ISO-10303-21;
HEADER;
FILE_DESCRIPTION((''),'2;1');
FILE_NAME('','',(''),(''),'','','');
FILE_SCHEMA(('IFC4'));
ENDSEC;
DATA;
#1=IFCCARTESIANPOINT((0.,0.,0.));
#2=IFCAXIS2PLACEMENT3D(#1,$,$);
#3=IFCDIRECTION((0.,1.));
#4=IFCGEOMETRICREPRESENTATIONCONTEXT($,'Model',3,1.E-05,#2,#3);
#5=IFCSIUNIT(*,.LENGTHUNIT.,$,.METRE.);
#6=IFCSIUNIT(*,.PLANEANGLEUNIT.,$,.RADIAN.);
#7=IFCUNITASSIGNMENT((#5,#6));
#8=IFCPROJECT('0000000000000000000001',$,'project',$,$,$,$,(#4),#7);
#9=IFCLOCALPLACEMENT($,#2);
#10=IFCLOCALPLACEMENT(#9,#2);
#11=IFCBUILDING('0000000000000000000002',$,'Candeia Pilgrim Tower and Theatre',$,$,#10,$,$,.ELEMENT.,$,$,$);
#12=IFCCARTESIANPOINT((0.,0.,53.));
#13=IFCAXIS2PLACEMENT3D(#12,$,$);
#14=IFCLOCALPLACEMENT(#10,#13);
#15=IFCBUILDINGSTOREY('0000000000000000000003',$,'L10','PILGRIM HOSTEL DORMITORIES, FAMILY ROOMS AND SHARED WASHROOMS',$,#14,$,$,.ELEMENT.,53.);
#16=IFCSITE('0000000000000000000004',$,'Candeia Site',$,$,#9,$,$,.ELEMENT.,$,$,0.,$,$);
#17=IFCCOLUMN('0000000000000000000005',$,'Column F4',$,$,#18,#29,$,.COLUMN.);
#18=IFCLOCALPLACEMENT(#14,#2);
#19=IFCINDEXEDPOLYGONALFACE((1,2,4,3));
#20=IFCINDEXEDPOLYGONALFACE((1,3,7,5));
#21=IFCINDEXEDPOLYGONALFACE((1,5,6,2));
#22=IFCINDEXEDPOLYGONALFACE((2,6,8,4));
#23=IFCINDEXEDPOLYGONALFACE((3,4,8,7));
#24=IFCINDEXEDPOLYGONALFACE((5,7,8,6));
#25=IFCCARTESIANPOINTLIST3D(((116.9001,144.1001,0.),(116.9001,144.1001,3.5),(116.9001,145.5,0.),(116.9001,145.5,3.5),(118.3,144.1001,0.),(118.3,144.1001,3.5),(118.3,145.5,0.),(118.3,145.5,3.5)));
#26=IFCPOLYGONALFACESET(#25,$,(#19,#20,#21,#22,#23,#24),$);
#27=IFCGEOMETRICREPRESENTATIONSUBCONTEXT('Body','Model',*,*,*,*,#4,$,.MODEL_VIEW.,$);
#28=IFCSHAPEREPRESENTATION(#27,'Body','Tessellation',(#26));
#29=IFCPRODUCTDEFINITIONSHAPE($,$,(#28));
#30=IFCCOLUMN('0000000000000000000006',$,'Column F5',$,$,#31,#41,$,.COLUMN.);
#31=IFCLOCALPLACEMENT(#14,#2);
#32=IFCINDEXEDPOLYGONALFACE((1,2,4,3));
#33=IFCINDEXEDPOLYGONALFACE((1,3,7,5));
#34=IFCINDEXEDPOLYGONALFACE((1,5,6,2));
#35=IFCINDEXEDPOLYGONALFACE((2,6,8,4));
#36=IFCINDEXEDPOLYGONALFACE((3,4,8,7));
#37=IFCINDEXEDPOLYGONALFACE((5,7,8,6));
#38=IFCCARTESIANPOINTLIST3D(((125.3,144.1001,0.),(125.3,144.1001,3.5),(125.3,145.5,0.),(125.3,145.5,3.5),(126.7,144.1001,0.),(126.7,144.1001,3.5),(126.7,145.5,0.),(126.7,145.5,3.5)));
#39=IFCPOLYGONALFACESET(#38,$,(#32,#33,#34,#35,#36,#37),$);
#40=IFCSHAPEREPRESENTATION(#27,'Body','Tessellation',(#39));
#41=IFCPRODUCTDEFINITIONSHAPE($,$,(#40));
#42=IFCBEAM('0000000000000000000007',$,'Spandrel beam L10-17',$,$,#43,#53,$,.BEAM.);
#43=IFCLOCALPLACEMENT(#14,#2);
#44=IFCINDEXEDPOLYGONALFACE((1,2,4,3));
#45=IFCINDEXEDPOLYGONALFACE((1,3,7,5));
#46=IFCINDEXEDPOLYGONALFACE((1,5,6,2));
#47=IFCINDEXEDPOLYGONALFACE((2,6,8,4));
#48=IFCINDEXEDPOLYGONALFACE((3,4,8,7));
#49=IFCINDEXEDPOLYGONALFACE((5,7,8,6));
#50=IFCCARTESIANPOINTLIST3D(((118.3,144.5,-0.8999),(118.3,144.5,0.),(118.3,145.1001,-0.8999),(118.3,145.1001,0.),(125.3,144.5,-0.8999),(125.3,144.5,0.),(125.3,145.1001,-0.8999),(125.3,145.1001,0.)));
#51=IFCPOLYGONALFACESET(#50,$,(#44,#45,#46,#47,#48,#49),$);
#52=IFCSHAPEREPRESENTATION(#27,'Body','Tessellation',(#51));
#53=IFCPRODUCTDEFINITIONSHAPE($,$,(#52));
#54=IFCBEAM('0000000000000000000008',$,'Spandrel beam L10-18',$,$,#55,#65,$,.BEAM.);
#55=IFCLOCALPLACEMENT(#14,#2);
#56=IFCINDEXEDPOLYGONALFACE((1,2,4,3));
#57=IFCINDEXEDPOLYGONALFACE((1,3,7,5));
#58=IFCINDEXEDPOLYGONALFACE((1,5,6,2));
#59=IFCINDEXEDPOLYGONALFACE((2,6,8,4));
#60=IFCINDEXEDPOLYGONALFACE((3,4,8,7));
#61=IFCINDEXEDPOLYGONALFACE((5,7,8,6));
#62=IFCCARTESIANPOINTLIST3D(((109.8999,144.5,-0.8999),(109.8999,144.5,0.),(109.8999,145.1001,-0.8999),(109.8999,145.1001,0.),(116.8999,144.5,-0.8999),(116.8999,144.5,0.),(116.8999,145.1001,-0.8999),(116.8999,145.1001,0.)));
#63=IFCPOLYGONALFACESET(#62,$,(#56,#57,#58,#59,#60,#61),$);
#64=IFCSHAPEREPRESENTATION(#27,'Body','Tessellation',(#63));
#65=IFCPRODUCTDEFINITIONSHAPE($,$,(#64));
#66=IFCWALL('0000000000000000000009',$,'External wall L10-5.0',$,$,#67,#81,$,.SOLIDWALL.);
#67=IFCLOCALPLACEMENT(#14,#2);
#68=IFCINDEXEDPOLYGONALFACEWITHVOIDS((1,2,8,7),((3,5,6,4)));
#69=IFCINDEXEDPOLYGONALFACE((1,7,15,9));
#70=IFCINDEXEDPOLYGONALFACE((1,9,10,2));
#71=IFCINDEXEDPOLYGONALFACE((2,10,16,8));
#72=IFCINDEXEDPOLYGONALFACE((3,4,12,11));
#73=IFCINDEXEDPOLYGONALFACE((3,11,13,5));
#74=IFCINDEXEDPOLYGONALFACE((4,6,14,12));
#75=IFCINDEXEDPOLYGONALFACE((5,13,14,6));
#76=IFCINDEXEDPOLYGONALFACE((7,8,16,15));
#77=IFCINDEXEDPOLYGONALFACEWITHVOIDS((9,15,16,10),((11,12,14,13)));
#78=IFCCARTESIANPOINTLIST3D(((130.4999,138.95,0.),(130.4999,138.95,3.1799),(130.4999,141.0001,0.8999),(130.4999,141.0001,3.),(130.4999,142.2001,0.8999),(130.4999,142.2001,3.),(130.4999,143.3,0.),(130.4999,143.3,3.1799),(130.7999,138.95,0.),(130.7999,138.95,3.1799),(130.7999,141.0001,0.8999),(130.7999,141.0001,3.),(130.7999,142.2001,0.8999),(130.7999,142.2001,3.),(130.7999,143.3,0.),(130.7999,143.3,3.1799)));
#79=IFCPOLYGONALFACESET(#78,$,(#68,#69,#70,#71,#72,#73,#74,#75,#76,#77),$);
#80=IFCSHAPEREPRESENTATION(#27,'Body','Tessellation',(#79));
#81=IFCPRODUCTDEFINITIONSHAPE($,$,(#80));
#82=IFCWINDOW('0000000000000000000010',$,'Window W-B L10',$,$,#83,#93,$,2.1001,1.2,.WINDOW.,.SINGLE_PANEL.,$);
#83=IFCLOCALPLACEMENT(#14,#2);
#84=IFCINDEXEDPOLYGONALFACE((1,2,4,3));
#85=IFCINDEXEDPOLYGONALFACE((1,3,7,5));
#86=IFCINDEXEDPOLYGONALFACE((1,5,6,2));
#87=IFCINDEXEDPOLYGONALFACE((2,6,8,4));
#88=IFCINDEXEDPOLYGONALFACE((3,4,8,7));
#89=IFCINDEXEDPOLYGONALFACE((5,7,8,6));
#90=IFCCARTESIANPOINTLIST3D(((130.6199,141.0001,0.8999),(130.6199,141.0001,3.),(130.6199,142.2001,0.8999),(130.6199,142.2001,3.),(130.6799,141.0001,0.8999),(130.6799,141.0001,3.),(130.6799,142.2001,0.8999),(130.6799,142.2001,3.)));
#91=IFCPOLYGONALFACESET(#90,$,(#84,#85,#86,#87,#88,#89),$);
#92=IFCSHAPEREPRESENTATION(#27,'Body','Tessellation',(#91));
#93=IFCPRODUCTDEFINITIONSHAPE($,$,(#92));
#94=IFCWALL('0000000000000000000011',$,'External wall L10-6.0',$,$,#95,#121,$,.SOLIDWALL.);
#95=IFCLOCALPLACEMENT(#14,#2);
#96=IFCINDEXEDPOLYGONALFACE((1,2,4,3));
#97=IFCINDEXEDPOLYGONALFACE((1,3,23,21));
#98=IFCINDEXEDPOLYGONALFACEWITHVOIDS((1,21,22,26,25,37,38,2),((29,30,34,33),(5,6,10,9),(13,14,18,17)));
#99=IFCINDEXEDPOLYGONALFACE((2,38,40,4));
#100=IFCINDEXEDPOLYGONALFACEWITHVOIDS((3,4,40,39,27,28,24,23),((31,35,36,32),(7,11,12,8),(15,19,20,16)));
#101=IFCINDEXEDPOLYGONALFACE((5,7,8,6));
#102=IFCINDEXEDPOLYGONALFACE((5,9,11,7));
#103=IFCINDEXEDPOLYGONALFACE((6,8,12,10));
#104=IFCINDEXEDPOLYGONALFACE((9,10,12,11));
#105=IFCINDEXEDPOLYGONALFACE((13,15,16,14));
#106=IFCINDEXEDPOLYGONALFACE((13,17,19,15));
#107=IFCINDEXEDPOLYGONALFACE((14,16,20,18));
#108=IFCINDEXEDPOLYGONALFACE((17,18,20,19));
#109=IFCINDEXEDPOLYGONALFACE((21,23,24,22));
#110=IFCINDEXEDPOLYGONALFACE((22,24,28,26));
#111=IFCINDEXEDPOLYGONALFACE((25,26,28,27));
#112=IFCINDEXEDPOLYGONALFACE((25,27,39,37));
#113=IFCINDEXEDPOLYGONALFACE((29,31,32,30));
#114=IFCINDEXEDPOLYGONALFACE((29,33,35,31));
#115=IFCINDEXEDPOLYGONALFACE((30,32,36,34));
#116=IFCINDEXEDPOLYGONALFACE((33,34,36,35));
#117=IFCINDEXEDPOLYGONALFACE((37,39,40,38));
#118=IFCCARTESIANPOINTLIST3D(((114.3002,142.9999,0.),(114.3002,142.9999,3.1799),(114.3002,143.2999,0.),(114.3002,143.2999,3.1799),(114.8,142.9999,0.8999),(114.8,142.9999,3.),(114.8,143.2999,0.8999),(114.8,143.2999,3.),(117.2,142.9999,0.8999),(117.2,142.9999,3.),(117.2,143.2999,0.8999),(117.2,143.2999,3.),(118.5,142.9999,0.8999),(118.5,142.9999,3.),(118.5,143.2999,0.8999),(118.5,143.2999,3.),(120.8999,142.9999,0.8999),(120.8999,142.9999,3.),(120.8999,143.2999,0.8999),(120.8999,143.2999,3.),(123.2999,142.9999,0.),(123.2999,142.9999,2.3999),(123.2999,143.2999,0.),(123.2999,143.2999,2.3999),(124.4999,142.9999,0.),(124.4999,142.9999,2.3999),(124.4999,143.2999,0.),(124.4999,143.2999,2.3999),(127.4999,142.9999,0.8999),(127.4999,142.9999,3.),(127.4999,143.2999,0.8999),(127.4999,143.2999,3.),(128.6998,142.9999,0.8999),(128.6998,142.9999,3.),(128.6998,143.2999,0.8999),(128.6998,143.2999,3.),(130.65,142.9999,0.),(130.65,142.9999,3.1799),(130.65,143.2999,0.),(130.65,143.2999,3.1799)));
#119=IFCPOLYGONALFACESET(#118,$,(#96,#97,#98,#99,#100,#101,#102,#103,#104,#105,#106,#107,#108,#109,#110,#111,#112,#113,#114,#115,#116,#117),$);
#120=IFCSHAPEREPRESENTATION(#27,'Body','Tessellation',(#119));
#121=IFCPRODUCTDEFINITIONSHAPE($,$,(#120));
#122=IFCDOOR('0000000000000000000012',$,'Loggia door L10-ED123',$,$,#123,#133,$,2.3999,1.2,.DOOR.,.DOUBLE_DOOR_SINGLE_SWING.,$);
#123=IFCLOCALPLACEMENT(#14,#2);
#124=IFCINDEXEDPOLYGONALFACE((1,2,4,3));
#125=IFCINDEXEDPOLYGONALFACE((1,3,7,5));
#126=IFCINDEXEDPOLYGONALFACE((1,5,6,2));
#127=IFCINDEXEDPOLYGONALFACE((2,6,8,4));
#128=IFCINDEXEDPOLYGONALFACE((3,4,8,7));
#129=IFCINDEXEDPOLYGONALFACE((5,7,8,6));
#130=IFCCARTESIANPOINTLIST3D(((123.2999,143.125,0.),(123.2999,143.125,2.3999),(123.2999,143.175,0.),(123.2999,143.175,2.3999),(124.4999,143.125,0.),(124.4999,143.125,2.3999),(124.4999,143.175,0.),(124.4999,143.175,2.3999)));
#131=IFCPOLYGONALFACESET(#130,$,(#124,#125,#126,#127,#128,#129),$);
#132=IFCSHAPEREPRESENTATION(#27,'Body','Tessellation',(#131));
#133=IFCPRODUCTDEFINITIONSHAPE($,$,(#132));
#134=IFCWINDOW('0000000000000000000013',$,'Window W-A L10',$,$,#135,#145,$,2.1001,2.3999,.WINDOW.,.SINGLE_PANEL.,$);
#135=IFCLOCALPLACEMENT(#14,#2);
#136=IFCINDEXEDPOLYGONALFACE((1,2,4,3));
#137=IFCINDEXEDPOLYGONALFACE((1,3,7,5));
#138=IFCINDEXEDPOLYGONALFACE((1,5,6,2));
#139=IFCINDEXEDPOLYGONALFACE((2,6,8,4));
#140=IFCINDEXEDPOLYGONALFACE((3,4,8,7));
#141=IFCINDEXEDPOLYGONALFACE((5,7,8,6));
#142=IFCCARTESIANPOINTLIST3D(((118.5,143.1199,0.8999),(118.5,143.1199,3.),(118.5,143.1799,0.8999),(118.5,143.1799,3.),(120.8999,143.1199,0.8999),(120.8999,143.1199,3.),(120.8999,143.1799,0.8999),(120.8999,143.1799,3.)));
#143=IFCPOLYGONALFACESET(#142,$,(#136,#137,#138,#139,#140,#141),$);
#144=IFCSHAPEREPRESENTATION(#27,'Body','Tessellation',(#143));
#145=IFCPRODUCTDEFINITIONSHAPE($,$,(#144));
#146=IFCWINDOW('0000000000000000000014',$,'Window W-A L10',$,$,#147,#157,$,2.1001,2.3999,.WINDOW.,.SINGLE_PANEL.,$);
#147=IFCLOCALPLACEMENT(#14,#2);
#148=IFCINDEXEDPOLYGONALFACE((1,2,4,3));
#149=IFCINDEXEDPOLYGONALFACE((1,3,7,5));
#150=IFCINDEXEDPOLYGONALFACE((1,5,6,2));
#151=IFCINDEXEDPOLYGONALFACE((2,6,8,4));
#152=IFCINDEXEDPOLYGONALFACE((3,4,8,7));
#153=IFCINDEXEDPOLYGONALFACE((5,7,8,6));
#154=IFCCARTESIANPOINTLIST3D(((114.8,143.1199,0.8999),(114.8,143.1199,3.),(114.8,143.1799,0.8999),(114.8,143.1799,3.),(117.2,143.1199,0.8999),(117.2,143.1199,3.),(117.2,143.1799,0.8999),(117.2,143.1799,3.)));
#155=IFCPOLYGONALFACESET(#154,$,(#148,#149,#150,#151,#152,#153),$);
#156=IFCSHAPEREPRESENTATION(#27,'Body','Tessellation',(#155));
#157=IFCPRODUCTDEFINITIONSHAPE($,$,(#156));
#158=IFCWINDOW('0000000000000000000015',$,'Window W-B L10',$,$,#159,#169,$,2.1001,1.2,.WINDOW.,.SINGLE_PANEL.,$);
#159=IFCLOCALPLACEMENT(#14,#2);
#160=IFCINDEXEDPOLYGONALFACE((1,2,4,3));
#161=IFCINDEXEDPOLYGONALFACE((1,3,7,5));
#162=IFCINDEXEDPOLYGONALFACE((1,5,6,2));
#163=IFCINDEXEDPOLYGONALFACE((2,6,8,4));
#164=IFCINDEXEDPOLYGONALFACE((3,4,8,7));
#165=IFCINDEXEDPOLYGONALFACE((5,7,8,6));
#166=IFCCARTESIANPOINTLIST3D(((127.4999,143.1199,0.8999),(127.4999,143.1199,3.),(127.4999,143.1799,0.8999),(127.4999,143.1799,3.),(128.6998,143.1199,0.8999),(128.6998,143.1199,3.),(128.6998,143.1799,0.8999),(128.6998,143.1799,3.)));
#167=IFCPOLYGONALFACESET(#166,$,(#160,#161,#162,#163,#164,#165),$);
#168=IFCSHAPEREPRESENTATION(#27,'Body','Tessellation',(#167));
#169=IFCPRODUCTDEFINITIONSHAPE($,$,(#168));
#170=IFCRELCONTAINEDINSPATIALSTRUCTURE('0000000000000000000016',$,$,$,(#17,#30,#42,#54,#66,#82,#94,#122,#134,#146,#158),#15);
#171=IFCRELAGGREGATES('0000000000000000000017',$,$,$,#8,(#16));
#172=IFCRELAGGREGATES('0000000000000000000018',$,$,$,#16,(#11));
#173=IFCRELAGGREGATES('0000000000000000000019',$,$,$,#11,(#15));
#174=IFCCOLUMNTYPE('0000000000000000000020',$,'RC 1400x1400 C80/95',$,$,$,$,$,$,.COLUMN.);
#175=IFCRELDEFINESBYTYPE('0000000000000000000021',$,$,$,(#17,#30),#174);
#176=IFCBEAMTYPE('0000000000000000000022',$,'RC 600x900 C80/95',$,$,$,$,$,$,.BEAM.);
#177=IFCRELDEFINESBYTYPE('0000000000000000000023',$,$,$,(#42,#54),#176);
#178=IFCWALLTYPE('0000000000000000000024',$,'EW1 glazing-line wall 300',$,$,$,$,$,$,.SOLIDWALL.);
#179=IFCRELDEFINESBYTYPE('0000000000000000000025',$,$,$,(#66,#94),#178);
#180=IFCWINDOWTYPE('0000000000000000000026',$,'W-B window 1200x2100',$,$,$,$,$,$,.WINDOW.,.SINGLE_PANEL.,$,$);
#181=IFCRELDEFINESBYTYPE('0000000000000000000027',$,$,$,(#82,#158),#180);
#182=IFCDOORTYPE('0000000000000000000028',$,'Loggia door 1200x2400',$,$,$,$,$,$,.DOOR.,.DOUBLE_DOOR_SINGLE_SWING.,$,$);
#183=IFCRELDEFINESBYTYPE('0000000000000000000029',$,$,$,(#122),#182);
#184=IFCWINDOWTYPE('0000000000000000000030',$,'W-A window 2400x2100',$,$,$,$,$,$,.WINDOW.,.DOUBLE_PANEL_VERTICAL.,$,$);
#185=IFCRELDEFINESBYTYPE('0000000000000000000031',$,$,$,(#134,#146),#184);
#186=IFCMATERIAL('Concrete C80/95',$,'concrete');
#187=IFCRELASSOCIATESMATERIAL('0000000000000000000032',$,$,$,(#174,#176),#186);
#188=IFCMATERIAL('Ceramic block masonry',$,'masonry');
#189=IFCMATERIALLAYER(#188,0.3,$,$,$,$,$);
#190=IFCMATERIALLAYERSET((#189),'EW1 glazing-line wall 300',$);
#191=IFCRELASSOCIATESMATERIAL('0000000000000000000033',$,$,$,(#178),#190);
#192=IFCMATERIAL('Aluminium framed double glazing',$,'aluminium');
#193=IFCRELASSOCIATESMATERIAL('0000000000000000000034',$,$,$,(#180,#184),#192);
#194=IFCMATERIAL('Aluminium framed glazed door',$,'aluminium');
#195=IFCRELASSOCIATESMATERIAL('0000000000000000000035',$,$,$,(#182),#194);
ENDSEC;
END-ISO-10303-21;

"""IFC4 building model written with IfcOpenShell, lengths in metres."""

from ifc_helpers import new_model, si_unit, direction, frame, frame_2d, origin, origin_2d, place, context, subcontext, project, spatial, rectangle, extrude, material, layer, layer_set, material_profile, profile_set, type_object, element, fill, save


model = new_model("IFC4")

# Units and contexts
model_context = context("Model", 3, precision=1e-05, world=origin(), true_north=direction((0.0, 1.0)))
body_context = subcontext(model_context, "Body", "Model", "MODEL_VIEW")
ifc_project = project(units=[si_unit("LENGTHUNIT", "METRE"), si_unit("PLANEANGLEUNIT", "RADIAN")], contexts=[model_context])

# Site, building, storey
site_placement = place(None, origin())
site = spatial("IfcSite", under=ifc_project, at=site_placement, Name="Candeia Site", CompositionType="ELEMENT", RefElevation=0.0)
building_placement = place(site_placement, origin())
building = spatial("IfcBuilding", under=site, at=building_placement, Name="Candeia Pilgrim Tower and Theatre", CompositionType="ELEMENT")
storey_placement = place(building_placement, frame((0.0, 0.0, 53.0)))
storey = spatial("IfcBuildingStorey", under=building, at=storey_placement, Name="L10", Description="PILGRIM HOSTEL DORMITORIES, FAMILY ROOMS AND SHARED WASHROOMS", CompositionType="ELEMENT", Elevation=53.0)

# Columns
ifc_material_1 = material(Name="Concrete C80/95", Category="concrete")
ifc_material_profile_1 = material_profile(ifc_material_1, rectangle(XDim=1.3999, YDim=1.3999, at=origin_2d()))
ifc_profile_set_1 = profile_set([ifc_material_profile_1], Name="Concrete C80/95")
column_type = type_object("IfcColumnType", Name="RC 1400x1400 C80/95", PredefinedType="COLUMN", material=ifc_profile_set_1)
for number, where, z_axis, x_axis, name in (
    (1, (117.6001, 144.8, 0.0), (0.0, 0.0, 1.0), (1.0, 0.0, 0.0), "Column F4"),
    (2, (126.0, 144.8, 0.0), (0.0, 0.0, 1.0), (1.0, 0.0, 0.0), "Column F5"),
):
    element("IfcColumn", number, at=place(storey_placement, frame(where, z_axis=z_axis, x_axis=x_axis)), inside=storey, type_object=column_type, Name=name, PredefinedType="COLUMN", context=body_context, shape_type="SweptSolid", body=[
        extrude(rectangle(XDim=1.3999, YDim=1.3999, at=origin_2d()), origin(), (0.0, 0.0, 1.0), 3.5),
    ])

# Beams
ifc_material_profile_2 = material_profile(ifc_material_1, rectangle(XDim=0.6001, YDim=0.8999, at=origin_2d()))
ifc_profile_set_2 = profile_set([ifc_material_profile_2], Name="Concrete C80/95")
beam_type = type_object("IfcBeamType", Name="RC 600x900 C80/95", PredefinedType="BEAM", material=ifc_profile_set_2)
for number, where, z_axis, x_axis, name in (
    (3, (125.3, 144.8, -0.45), (-1.0, 0.0, 0.0), (0.0, -1.0, 0.0), "Spandrel beam L10-17"),
    (4, (116.8999, 144.8, -0.45), (-1.0, 0.0, 0.0), (0.0, -1.0, 0.0), "Spandrel beam L10-18"),
):
    element("IfcBeam", number, at=place(storey_placement, frame(where, z_axis=z_axis, x_axis=x_axis)), inside=storey, type_object=beam_type, Name=name, PredefinedType="BEAM", context=body_context, shape_type="SweptSolid", body=[
        extrude(rectangle(XDim=0.6001, YDim=0.8999, at=origin_2d()), origin(), (0.0, 0.0, 1.0), 7.0),
    ])

# Wall, opening, window
ifc_material_2 = material(Name="Ceramic block masonry", Category="masonry")
ifc_layer_1 = layer(ifc_material_2, 0.3)
ifc_layer_set_1 = layer_set([ifc_layer_1], Name="EW1 glazing-line wall 300")
wall_type_1 = type_object("IfcWallType", Name="EW1 glazing-line wall 300", PredefinedType="SOLIDWALL", material=ifc_layer_set_1)
wall_1_placement = place(storey_placement, frame((130.6499, 138.95, 0.0), z_axis=(0.0, 0.0, 1.0), x_axis=(0.0, 1.0, 0.0)))
wall_1 = element("IfcWall", 5, at=wall_1_placement, inside=storey, type_object=wall_type_1, Name="External wall L10-5.0", PredefinedType="SOLIDWALL", context=body_context, shape_type="SweptSolid", body=[
    extrude(rectangle(XDim=4.3501, YDim=0.3, at=frame_2d((2.175, 0.0))), origin(), (0.0, 0.0, 1.0), 3.1799),
])
opening_1_placement = place(wall_1_placement, frame((2.05, 0.0, 0.8999)))
opening_1 = element("IfcOpeningElement", 6, at=opening_1_placement, cuts=wall_1, PredefinedType="OPENING", context=body_context, shape_type="SweptSolid", body=[
    extrude(rectangle(XDim=1.2, YDim=2.1001, at=frame_2d((0.6001, 1.05))), frame((0.0, 0.1602, 0.0), z_axis=(0.0, -1.0, 0.0), x_axis=(1.0, 0.0, 0.0)), (0.0, 0.0, 1.0), 0.3201),
])
ifc_material_3 = material(Name="Aluminium framed double glazing", Category="aluminium")
window_type_1 = type_object("IfcWindowType", Name="W-B window 1200x2100", PartitioningType="SINGLE_PANEL", PredefinedType="WINDOW", material=ifc_material_3)
window_1_placement = place(opening_1_placement, origin())
window_1 = element("IfcWindow", 7, at=window_1_placement, inside=storey, type_object=window_type_1, Name="Window W-B L10", OverallHeight=2.1001, OverallWidth=1.2, PartitioningType="SINGLE_PANEL", PredefinedType="WINDOW", context=body_context, shape_type="SweptSolid", body=[
    extrude(rectangle(XDim=1.2, YDim=2.1001, at=frame_2d((0.6001, 1.05))), frame((0.0, 0.03, 0.0), z_axis=(0.0, -1.0, 0.0), x_axis=(1.0, 0.0, 0.0)), (0.0, 0.0, 1.0), 0.0601),
])
fill(opening_1, window_1)

# Wall, openings, door, windows
wall_2_placement = place(storey_placement, frame((130.6499, 143.1499, 0.0), z_axis=(0.0, 0.0, 1.0), x_axis=(-1.0, 0.0, 0.0)))
wall_2 = element("IfcWall", 8, at=wall_2_placement, inside=storey, type_object=wall_type_1, Name="External wall L10-6.0", PredefinedType="SOLIDWALL", context=body_context, shape_type="SweptSolid", body=[
    extrude(rectangle(XDim=16.3499, YDim=0.3, at=frame_2d((8.1748, 0.0))), origin(), (0.0, 0.0, 1.0), 3.1799),
])
opening_2_placement = place(wall_2_placement, frame((1.95, 0.0, 0.8999)))
opening_2 = element("IfcOpeningElement", 9, at=opening_2_placement, cuts=wall_2, PredefinedType="OPENING", context=body_context, shape_type="SweptSolid", body=[
    extrude(rectangle(XDim=1.2, YDim=2.1001, at=frame_2d((0.6001, 1.05))), frame((0.0, 0.1602, 0.0), z_axis=(0.0, -1.0, 0.0), x_axis=(1.0, 0.0, 0.0)), (0.0, 0.0, 1.0), 0.3201),
])
opening_3_placement = place(wall_2_placement, frame((6.1499, 0.0, 0.0)))
opening_3 = element("IfcOpeningElement", 10, at=opening_3_placement, cuts=wall_2, PredefinedType="OPENING", context=body_context, shape_type="SweptSolid", body=[
    extrude(rectangle(XDim=1.2, YDim=2.3999, at=frame_2d((0.6001, 1.2))), frame((0.0, 0.1602, 0.0), z_axis=(0.0, -1.0, 0.0), x_axis=(1.0, 0.0, 0.0)), (0.0, 0.0, 1.0), 0.3201),
])
opening_4_placement = place(wall_2_placement, frame((9.75, 0.0, 0.8999)))
opening_4 = element("IfcOpeningElement", 11, at=opening_4_placement, cuts=wall_2, PredefinedType="OPENING", context=body_context, shape_type="SweptSolid", body=[
    extrude(rectangle(XDim=2.3999, YDim=2.1001, at=frame_2d((1.2, 1.05))), frame((0.0, 0.1602, 0.0), z_axis=(0.0, -1.0, 0.0), x_axis=(1.0, 0.0, 0.0)), (0.0, 0.0, 1.0), 0.3201),
])
opening_5_placement = place(wall_2_placement, frame((13.45, 0.0, 0.8999)))
opening_5 = element("IfcOpeningElement", 12, at=opening_5_placement, cuts=wall_2, PredefinedType="OPENING", context=body_context, shape_type="SweptSolid", body=[
    extrude(rectangle(XDim=2.3999, YDim=2.1001, at=frame_2d((1.2, 1.05))), frame((0.0, 0.1602, 0.0), z_axis=(0.0, -1.0, 0.0), x_axis=(1.0, 0.0, 0.0)), (0.0, 0.0, 1.0), 0.3201),
])
ifc_material_4 = material(Name="Aluminium framed glazed door", Category="aluminium")
door_type = type_object("IfcDoorType", Name="Loggia door 1200x2400", OperationType="DOUBLE_DOOR_SINGLE_SWING", PredefinedType="DOOR", material=ifc_material_4)
door_1_placement = place(opening_3_placement, origin())
door_1 = element("IfcDoor", 13, at=door_1_placement, inside=storey, type_object=door_type, Name="Loggia door L10-ED123", OperationType="DOUBLE_DOOR_SINGLE_SWING", OverallHeight=2.3999, OverallWidth=1.2, PredefinedType="DOOR", context=body_context, shape_type="SweptSolid", body=[
    extrude(rectangle(XDim=1.2, YDim=2.3999, at=frame_2d((0.6001, 1.2))), frame((0.0, 0.0249, 0.0), z_axis=(0.0, -1.0, 0.0), x_axis=(1.0, 0.0, 0.0)), (0.0, 0.0, 1.0), 0.05),
])
fill(opening_3, door_1)
window_type_2 = type_object("IfcWindowType", Name="W-A window 2400x2100", PartitioningType="DOUBLE_PANEL_VERTICAL", PredefinedType="WINDOW", material=ifc_material_3)
window_2_placement = place(opening_4_placement, origin())
window_2 = element("IfcWindow", 14, at=window_2_placement, inside=storey, type_object=window_type_2, Name="Window W-A L10", OverallHeight=2.1001, OverallWidth=2.3999, PartitioningType="SINGLE_PANEL", PredefinedType="WINDOW", context=body_context, shape_type="SweptSolid", body=[
    extrude(rectangle(XDim=2.3999, YDim=2.1001, at=frame_2d((1.2, 1.05))), frame((0.0, 0.03, 0.0), z_axis=(0.0, -1.0, 0.0), x_axis=(1.0, 0.0, 0.0)), (0.0, 0.0, 1.0), 0.0601),
])
fill(opening_4, window_2)
window_3_placement = place(opening_5_placement, origin())
window_3 = element("IfcWindow", 15, at=window_3_placement, inside=storey, type_object=window_type_2, Name="Window W-A L10", OverallHeight=2.1001, OverallWidth=2.3999, PartitioningType="SINGLE_PANEL", PredefinedType="WINDOW", context=body_context, shape_type="SweptSolid", body=[
    extrude(rectangle(XDim=2.3999, YDim=2.1001, at=frame_2d((1.2, 1.05))), frame((0.0, 0.03, 0.0), z_axis=(0.0, -1.0, 0.0), x_axis=(1.0, 0.0, 0.0)), (0.0, 0.0, 1.0), 0.0601),
])
fill(opening_5, window_3)
window_4_placement = place(opening_2_placement, origin())
window_4 = element("IfcWindow", 16, at=window_4_placement, inside=storey, type_object=window_type_1, Name="Window W-B L10", OverallHeight=2.1001, OverallWidth=1.2, PartitioningType="SINGLE_PANEL", PredefinedType="WINDOW", context=body_context, shape_type="SweptSolid", body=[
    extrude(rectangle(XDim=1.2, YDim=2.1001, at=frame_2d((0.6001, 1.05))), frame((0.0, 0.03, 0.0), z_axis=(0.0, -1.0, 0.0), x_axis=(1.0, 0.0, 0.0)), (0.0, 0.0, 1.0), 0.0601),
])
fill(opening_2, window_4)

save(model, "model.ifc")
